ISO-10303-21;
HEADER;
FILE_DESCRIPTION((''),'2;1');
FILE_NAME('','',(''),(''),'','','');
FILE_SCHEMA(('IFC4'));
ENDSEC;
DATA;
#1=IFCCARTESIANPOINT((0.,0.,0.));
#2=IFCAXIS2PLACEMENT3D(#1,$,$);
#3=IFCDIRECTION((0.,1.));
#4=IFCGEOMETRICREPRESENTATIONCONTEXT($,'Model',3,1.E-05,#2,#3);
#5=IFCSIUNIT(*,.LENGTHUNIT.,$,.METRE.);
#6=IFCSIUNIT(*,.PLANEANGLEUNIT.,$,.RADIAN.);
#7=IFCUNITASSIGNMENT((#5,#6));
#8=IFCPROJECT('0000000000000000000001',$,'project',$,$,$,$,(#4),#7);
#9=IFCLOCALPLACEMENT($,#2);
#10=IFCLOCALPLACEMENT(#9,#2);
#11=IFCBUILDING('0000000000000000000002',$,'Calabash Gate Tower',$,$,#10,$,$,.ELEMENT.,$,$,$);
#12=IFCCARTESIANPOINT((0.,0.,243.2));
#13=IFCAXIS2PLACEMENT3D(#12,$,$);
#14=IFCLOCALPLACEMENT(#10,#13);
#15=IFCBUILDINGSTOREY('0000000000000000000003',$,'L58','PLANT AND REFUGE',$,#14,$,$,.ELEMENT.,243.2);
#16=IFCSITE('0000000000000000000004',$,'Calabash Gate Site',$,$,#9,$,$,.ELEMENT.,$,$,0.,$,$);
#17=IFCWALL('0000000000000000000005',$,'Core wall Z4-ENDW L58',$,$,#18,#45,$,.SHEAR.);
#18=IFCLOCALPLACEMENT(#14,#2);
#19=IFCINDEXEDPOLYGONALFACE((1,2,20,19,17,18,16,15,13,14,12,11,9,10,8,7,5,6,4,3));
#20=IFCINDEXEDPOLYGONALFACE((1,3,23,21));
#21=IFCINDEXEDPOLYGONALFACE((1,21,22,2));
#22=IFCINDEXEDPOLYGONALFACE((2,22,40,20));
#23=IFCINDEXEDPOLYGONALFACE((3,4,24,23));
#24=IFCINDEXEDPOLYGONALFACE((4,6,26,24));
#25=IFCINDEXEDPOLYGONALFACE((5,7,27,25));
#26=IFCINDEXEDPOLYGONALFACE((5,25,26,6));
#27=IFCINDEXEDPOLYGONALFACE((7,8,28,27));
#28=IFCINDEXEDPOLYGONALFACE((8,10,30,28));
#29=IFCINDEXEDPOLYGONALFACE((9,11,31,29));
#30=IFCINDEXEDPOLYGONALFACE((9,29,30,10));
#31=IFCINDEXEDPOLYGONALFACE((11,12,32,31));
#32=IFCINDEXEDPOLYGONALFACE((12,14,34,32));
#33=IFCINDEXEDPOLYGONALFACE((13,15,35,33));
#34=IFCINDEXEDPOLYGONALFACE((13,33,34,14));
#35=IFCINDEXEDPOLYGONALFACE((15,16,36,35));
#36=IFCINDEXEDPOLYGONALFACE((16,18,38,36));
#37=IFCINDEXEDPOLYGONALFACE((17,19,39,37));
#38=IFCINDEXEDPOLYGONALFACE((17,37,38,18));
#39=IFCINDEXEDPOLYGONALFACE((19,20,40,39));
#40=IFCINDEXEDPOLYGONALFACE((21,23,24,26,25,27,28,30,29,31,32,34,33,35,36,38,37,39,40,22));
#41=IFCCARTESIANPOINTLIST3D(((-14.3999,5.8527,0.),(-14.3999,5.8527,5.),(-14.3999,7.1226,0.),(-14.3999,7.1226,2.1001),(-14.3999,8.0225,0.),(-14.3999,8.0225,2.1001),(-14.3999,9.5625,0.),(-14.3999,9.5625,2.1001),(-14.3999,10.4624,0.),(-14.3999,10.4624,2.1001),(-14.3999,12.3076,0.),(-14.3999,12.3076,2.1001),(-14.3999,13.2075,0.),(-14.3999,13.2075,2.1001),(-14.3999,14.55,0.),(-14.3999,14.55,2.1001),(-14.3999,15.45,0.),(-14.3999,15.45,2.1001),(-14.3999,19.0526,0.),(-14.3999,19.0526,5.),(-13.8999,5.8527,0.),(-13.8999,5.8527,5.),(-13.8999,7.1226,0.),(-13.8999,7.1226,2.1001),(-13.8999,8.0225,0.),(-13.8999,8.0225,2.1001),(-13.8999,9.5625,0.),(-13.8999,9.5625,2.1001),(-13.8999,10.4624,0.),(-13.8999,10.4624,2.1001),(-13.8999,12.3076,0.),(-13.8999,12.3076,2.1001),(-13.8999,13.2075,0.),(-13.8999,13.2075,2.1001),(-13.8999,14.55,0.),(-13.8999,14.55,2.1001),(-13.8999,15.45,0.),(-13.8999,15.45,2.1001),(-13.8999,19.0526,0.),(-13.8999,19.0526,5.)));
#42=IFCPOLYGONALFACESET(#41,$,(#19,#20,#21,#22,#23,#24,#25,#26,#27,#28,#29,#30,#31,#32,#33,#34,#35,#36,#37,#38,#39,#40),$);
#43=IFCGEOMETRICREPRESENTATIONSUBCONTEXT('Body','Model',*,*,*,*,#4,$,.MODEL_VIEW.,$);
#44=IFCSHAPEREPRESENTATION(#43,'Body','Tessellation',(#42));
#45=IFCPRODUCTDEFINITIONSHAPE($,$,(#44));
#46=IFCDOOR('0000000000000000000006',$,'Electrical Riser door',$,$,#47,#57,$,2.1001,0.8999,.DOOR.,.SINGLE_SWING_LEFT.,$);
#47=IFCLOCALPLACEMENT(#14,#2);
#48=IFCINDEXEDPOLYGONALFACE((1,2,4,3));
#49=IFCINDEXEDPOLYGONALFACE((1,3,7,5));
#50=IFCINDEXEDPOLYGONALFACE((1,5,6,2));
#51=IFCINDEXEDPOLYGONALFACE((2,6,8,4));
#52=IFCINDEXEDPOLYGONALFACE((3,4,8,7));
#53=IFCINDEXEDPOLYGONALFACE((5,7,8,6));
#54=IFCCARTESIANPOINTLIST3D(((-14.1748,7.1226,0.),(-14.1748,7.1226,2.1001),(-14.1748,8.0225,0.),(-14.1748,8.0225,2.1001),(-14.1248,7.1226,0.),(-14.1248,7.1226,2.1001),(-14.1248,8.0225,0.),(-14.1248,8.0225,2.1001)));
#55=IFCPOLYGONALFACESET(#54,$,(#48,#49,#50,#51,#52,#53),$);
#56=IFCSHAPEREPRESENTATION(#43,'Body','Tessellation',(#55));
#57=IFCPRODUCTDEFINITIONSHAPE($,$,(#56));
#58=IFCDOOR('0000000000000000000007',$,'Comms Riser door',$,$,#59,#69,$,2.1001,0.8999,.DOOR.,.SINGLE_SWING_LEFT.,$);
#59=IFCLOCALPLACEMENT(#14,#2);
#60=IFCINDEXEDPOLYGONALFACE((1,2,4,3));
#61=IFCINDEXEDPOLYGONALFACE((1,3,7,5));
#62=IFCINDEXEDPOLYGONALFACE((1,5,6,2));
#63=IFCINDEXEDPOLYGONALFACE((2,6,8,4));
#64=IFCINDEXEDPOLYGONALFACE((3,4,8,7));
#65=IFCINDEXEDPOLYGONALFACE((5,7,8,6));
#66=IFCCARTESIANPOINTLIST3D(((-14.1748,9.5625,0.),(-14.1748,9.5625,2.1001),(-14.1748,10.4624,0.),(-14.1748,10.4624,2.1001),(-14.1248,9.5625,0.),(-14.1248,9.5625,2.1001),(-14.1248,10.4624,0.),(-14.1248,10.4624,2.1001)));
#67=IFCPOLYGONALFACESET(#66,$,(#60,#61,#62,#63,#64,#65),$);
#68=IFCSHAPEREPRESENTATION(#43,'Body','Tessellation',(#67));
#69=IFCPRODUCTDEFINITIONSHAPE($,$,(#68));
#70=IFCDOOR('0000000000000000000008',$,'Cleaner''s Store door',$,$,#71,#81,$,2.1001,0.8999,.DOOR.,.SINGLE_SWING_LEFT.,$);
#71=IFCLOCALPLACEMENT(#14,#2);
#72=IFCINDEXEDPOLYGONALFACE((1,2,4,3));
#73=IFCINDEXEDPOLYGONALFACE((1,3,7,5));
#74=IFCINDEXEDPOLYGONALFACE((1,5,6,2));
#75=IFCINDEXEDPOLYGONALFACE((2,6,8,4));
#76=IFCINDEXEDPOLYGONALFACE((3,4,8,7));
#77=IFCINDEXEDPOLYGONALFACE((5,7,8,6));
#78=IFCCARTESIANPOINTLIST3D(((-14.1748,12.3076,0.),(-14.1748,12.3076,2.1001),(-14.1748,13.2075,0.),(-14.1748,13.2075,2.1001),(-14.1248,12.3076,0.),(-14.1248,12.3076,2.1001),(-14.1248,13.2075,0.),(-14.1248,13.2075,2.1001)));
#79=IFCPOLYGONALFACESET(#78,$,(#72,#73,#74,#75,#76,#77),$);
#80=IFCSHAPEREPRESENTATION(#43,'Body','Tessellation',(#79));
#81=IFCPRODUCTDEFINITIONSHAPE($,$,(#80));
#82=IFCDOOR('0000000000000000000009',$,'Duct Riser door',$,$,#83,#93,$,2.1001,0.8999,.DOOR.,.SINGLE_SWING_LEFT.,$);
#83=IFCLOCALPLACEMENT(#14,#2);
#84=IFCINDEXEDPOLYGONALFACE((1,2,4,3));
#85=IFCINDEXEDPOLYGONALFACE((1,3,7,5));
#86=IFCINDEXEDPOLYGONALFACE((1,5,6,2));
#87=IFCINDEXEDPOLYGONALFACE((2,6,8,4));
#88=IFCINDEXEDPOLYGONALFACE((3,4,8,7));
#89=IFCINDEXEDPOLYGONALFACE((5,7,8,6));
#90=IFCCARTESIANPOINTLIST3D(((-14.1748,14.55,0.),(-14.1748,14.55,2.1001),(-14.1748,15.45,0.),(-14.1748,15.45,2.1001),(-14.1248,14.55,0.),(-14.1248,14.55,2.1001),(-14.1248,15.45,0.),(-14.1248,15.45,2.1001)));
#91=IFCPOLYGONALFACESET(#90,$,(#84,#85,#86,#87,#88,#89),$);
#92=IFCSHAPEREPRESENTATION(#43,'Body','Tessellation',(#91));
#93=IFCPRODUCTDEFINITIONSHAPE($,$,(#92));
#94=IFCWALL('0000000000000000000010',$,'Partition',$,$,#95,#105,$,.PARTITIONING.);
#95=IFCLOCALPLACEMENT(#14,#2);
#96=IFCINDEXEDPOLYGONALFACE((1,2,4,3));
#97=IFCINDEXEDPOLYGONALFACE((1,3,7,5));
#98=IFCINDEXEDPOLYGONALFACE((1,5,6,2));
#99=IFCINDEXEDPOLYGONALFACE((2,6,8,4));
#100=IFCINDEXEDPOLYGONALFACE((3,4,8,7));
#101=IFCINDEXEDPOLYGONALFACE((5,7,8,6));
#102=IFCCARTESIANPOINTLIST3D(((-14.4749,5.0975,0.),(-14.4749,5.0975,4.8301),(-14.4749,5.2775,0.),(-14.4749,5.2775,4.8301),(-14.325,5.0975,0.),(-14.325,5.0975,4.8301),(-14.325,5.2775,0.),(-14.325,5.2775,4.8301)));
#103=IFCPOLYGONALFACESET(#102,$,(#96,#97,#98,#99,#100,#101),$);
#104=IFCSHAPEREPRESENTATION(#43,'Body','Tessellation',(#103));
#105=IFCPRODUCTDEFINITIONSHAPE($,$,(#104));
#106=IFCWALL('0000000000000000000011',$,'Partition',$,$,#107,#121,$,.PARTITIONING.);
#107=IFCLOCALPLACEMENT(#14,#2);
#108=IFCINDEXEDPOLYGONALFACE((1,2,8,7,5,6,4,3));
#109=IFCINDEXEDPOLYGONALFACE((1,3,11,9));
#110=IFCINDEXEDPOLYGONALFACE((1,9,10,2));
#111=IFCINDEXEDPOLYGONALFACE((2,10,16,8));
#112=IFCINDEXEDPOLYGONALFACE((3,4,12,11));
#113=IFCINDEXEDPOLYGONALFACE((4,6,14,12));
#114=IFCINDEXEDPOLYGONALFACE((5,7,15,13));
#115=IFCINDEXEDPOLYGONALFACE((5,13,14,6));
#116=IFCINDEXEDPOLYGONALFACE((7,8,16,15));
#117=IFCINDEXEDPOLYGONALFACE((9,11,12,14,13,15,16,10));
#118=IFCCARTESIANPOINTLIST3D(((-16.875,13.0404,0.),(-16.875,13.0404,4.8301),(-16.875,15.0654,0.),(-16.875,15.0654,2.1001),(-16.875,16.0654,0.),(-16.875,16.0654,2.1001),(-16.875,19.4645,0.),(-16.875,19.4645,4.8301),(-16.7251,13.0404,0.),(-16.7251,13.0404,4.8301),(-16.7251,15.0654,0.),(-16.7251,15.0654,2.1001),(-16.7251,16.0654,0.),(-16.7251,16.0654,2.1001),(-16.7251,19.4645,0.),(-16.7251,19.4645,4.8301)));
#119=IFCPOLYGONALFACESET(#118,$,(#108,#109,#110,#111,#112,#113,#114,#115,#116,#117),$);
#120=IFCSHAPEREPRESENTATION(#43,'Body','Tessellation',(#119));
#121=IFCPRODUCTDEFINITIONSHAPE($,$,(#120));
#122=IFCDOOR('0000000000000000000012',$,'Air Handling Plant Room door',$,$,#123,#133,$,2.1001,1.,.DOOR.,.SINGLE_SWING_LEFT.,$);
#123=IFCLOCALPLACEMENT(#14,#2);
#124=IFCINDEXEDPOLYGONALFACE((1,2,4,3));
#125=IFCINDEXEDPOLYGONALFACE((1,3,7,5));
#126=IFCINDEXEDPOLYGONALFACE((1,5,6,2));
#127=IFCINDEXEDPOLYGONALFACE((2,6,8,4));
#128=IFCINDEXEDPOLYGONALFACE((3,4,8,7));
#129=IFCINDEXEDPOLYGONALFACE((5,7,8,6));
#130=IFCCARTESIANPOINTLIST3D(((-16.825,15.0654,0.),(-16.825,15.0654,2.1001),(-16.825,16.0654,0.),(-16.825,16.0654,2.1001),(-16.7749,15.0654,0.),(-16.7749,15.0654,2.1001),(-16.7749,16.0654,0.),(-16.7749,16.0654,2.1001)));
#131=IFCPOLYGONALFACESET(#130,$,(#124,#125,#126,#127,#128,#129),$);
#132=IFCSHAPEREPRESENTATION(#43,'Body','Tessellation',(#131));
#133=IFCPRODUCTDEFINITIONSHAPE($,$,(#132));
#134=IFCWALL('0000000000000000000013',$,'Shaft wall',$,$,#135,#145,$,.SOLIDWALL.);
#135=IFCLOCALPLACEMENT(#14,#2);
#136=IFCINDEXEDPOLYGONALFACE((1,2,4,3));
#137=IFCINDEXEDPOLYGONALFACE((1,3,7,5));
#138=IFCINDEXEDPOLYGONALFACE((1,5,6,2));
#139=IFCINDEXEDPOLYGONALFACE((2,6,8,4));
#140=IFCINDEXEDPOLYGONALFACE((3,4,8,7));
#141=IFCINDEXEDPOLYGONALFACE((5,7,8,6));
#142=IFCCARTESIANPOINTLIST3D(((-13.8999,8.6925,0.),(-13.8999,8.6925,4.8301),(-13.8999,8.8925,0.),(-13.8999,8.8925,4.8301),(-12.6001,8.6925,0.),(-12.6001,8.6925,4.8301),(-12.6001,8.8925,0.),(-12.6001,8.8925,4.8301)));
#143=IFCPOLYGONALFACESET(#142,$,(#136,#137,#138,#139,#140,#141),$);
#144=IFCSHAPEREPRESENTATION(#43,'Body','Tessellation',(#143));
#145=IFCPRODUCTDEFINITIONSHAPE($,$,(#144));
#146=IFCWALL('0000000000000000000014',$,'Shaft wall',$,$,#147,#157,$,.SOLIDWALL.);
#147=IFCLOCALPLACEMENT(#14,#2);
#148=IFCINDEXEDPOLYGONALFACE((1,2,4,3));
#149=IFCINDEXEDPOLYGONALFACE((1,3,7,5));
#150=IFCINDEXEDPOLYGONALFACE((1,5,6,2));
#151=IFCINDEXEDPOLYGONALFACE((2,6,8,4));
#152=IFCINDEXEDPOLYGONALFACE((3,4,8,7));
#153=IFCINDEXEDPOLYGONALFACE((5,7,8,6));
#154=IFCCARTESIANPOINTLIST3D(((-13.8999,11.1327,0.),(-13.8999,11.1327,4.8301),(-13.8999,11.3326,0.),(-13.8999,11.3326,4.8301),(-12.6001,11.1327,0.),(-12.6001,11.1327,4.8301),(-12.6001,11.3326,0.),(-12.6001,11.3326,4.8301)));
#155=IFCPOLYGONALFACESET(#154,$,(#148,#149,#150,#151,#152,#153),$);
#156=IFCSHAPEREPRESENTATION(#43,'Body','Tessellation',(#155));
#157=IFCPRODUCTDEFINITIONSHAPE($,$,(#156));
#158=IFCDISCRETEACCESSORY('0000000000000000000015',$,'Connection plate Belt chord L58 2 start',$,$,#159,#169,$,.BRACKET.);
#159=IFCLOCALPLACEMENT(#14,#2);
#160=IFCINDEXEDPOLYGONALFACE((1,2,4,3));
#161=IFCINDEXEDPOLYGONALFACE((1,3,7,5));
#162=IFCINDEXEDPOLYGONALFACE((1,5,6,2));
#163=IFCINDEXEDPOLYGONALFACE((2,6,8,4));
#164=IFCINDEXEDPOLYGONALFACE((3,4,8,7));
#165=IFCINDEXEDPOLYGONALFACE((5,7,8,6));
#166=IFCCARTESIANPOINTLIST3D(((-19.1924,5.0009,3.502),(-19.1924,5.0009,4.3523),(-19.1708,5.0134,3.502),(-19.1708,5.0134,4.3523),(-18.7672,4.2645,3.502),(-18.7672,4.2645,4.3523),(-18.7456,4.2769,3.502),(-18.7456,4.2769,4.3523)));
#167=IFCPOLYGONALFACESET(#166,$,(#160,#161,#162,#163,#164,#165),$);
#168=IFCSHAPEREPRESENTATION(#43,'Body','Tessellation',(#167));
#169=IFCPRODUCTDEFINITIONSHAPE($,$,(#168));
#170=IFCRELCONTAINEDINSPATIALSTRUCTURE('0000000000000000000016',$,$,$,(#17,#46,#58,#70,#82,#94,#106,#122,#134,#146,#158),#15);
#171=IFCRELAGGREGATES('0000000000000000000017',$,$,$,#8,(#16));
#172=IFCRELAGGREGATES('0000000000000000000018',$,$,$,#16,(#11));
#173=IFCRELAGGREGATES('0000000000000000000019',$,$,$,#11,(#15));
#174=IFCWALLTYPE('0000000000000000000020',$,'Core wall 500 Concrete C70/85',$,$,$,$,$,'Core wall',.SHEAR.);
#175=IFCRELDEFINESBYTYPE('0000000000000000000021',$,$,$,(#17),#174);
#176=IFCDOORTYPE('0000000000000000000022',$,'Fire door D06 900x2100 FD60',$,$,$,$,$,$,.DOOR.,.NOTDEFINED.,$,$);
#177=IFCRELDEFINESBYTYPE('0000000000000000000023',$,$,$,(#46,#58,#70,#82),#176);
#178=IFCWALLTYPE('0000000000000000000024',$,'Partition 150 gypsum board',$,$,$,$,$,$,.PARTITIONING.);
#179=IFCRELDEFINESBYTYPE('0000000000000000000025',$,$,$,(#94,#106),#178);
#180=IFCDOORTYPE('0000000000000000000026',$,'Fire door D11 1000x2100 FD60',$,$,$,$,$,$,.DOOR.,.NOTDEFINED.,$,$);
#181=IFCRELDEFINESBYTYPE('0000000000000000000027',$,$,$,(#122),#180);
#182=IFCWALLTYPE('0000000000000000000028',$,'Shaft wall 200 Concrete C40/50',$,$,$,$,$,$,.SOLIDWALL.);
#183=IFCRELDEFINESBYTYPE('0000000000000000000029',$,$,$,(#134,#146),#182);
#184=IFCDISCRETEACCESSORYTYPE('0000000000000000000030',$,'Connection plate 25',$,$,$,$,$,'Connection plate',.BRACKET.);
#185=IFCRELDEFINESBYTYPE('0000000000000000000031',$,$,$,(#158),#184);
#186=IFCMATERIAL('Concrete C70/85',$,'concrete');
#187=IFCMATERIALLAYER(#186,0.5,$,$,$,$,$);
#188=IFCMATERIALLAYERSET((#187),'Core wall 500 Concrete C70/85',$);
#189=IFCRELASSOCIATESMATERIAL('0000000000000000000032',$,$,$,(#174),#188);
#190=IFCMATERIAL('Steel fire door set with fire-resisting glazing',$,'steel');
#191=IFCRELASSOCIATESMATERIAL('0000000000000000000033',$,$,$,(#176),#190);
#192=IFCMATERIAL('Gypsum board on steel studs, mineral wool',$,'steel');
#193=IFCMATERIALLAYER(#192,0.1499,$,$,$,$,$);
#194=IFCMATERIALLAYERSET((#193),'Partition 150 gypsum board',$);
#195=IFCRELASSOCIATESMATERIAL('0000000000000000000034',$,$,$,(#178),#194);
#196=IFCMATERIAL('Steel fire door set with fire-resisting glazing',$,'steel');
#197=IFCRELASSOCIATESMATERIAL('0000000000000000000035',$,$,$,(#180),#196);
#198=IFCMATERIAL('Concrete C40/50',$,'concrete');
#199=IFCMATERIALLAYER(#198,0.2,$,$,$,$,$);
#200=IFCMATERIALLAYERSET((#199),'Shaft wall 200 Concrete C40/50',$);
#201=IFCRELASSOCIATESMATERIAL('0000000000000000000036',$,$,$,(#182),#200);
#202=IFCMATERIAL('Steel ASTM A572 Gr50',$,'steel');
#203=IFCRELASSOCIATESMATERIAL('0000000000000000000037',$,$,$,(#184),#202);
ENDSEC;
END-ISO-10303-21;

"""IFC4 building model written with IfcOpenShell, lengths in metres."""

from ifc_helpers import new_model, si_unit, direction, frame, frame_2d, origin, origin_2d, place, context, subcontext, project, spatial, rectangle, extrude, material, layer, layer_set, type_object, element, fill, save


model = new_model("IFC4")

# Units and contexts
model_context = context("Model", 3, precision=1e-05, world=origin(), true_north=direction((0.0, 1.0)))
body_context = subcontext(model_context, "Body", "Model", "MODEL_VIEW")
ifc_project = project(units=[si_unit("LENGTHUNIT", "METRE"), si_unit("PLANEANGLEUNIT", "RADIAN")], contexts=[model_context])

# Site, building, storey
site_placement = place(None, origin())
site = spatial("IfcSite", under=ifc_project, at=site_placement, Name="Calabash Gate Site", CompositionType="ELEMENT", RefElevation=0.0)
building_placement = place(site_placement, origin())
building = spatial("IfcBuilding", under=site, at=building_placement, Name="Calabash Gate Tower", CompositionType="ELEMENT")
storey_placement = place(building_placement, frame((0.0, 0.0, 243.2)))
storey = spatial("IfcBuildingStorey", under=building, at=storey_placement, Name="L58", Description="PLANT AND REFUGE", CompositionType="ELEMENT", Elevation=243.2)

# Shared definitions
ifc_material_1 = material(Name="Concrete C70/85", Category="concrete")
ifc_layer_1 = layer(ifc_material_1, 0.5)
ifc_layer_set_1 = layer_set([ifc_layer_1], Name="Core wall 500 Concrete C70/85")
wall_type_1 = type_object("IfcWallType", Name="Core wall 500 Concrete C70/85", ElementType="Core wall", PredefinedType="SHEAR", material=ifc_layer_set_1)

# Wall, openings, doors
wall_1_placement = place(storey_placement, frame((-14.1499, 5.8525, 0.0), z_axis=(0.0, 0.0, 1.0), x_axis=(0.0, 1.0, 0.0)))
wall_1 = element("IfcWall", 1, at=wall_1_placement, inside=storey, type_object=wall_type_1, Name="Core wall Z4-ENDW L58", PredefinedType="SHEAR", context=body_context, shape_type="SweptSolid", body=[
    extrude(rectangle(XDim=13.2, YDim=0.5, at=frame_2d((6.6001, 0.0))), origin(), (0.0, 0.0, 1.0), 5.0),
])
opening_1_placement = place(wall_1_placement, frame((1.27, 0.0, 0.0)))
opening_1 = element("IfcOpeningElement", 2, at=opening_1_placement, cuts=wall_1, PredefinedType="OPENING", context=body_context, shape_type="SweptSolid", body=[
    extrude(rectangle(XDim=0.8999, YDim=2.1001, at=frame_2d((0.45, 1.05))), frame((0.0, 0.26, 0.0), z_axis=(0.0, -1.0, 0.0), x_axis=(1.0, 0.0, 0.0)), (0.0, 0.0, 1.0), 0.52),
])
opening_2_placement = place(wall_1_placement, frame((3.71, 0.0, 0.0)))
opening_2 = element("IfcOpeningElement", 3, at=opening_2_placement, cuts=wall_1, PredefinedType="OPENING", context=body_context, shape_type="SweptSolid", body=[
    extrude(rectangle(XDim=0.8999, YDim=2.1001, at=frame_2d((0.45, 1.05))), frame((0.0, 0.26, 0.0), z_axis=(0.0, -1.0, 0.0), x_axis=(1.0, 0.0, 0.0)), (0.0, 0.0, 1.0), 0.52),
])
opening_3_placement = place(wall_1_placement, frame((6.4551, 0.0, 0.0)))
opening_3 = element("IfcOpeningElement", 4, at=opening_3_placement, cuts=wall_1, PredefinedType="OPENING", context=body_context, shape_type="SweptSolid", body=[
    extrude(rectangle(XDim=0.8999, YDim=2.1001, at=frame_2d((0.45, 1.05))), frame((0.0, 0.26, 0.0), z_axis=(0.0, -1.0, 0.0), x_axis=(1.0, 0.0, 0.0)), (0.0, 0.0, 1.0), 0.52),
])
opening_4_placement = place(wall_1_placement, frame((8.6975, 0.0, 0.0)))
opening_4 = element("IfcOpeningElement", 5, at=opening_4_placement, cuts=wall_1, PredefinedType="OPENING", context=body_context, shape_type="SweptSolid", body=[
    extrude(rectangle(XDim=0.8999, YDim=2.1001, at=frame_2d((0.45, 1.05))), frame((0.0, 0.26, 0.0), z_axis=(0.0, -1.0, 0.0), x_axis=(1.0, 0.0, 0.0)), (0.0, 0.0, 1.0), 0.52),
])
ifc_material_2 = material(Name="Steel fire door set with fire-resisting glazing", Category="steel")
door_type_1 = type_object("IfcDoorType", Name="Fire door D06 900x2100 FD60", OperationType="NOTDEFINED", PredefinedType="DOOR", material=ifc_material_2)
door_1_placement = place(opening_1_placement, origin())
door_1 = element("IfcDoor", 6, at=door_1_placement, inside=storey, type_object=door_type_1, Name="Electrical Riser door", OperationType="SINGLE_SWING_LEFT", OverallHeight=2.1001, OverallWidth=0.8999, PredefinedType="DOOR", context=body_context, shape_type="SweptSolid", body=[
    extrude(rectangle(XDim=0.8999, YDim=2.1001, at=frame_2d((0.45, 1.05))), frame((0.0, 0.0249, 0.0), z_axis=(0.0, -1.0, 0.0), x_axis=(1.0, 0.0, 0.0)), (0.0, 0.0, 1.0), 0.05),
])
fill(opening_1, door_1)
door_2_placement = place(opening_2_placement, origin())
door_2 = element("IfcDoor", 7, at=door_2_placement, inside=storey, type_object=door_type_1, Name="Comms Riser door", OperationType="SINGLE_SWING_LEFT", OverallHeight=2.1001, OverallWidth=0.8999, PredefinedType="DOOR", context=body_context, shape_type="SweptSolid", body=[
    extrude(rectangle(XDim=0.8999, YDim=2.1001, at=frame_2d((0.45, 1.05))), frame((0.0, 0.0249, 0.0), z_axis=(0.0, -1.0, 0.0), x_axis=(1.0, 0.0, 0.0)), (0.0, 0.0, 1.0), 0.05),
])
fill(opening_2, door_2)
door_3_placement = place(opening_3_placement, origin())
door_3 = element("IfcDoor", 8, at=door_3_placement, inside=storey, type_object=door_type_1, Name="Cleaner's Store door", OperationType="SINGLE_SWING_LEFT", OverallHeight=2.1001, OverallWidth=0.8999, PredefinedType="DOOR", context=body_context, shape_type="SweptSolid", body=[
    extrude(rectangle(XDim=0.8999, YDim=2.1001, at=frame_2d((0.45, 1.05))), frame((0.0, 0.0249, 0.0), z_axis=(0.0, -1.0, 0.0), x_axis=(1.0, 0.0, 0.0)), (0.0, 0.0, 1.0), 0.05),
])
fill(opening_3, door_3)
door_4_placement = place(opening_4_placement, origin())
door_4 = element("IfcDoor", 9, at=door_4_placement, inside=storey, type_object=door_type_1, Name="Duct Riser door", OperationType="SINGLE_SWING_LEFT", OverallHeight=2.1001, OverallWidth=0.8999, PredefinedType="DOOR", context=body_context, shape_type="SweptSolid", body=[
    extrude(rectangle(XDim=0.8999, YDim=2.1001, at=frame_2d((0.45, 1.05))), frame((0.0, 0.0249, 0.0), z_axis=(0.0, -1.0, 0.0), x_axis=(1.0, 0.0, 0.0)), (0.0, 0.0, 1.0), 0.05),
])
fill(opening_4, door_4)

# Wall
ifc_material_3 = material(Name="Gypsum board on steel studs, mineral wool", Category="steel")
ifc_layer_2 = layer(ifc_material_3, 0.1499)
ifc_layer_set_2 = layer_set([ifc_layer_2], Name="Partition 150 gypsum board")
wall_type_2 = type_object("IfcWallType", Name="Partition 150 gypsum board", PredefinedType="PARTITIONING", material=ifc_layer_set_2)
wall_2_placement = place(storey_placement, frame((-14.3999, 5.0977, 0.0), z_axis=(0.0, 0.0, 1.0), x_axis=(0.0, 1.0, 0.0)))
element("IfcWall", 10, at=wall_2_placement, inside=storey, type_object=wall_type_2, Name="Partition", PredefinedType="PARTITIONING", context=body_context, shape_type="SweptSolid", body=[
    extrude(rectangle(XDim=0.1799, YDim=0.1499, at=frame_2d((0.0898, 0.0))), origin(), (0.0, 0.0, 1.0), 4.8301),
])

# Wall, opening, door
wall_3_placement = place(storey_placement, frame((-16.8, 13.0405, 0.0), z_axis=(0.0, 0.0, 1.0), x_axis=(0.0, 1.0, 0.0)))
wall_3 = element("IfcWall", 11, at=wall_3_placement, inside=storey, type_object=wall_type_2, Name="Partition", PredefinedType="PARTITIONING", context=body_context, shape_type="SweptSolid", body=[
    extrude(rectangle(XDim=6.4241, YDim=0.1499, at=frame_2d((3.2119, 0.0))), origin(), (0.0, 0.0, 1.0), 4.8301),
])
opening_5_placement = place(wall_3_placement, frame((2.0249, 0.0, 0.0)))
opening_5 = element("IfcOpeningElement", 12, at=opening_5_placement, cuts=wall_3, PredefinedType="OPENING", context=body_context, shape_type="SweptSolid", body=[
    extrude(rectangle(XDim=1.0, YDim=2.1001, at=frame_2d((0.5, 1.05))), frame((0.0, 0.085, 0.0), z_axis=(0.0, -1.0, 0.0), x_axis=(1.0, 0.0, 0.0)), (0.0, 0.0, 1.0), 0.1699),
])
ifc_material_4 = material(Name="Steel fire door set with fire-resisting glazing", Category="steel")
door_type_2 = type_object("IfcDoorType", Name="Fire door D11 1000x2100 FD60", OperationType="NOTDEFINED", PredefinedType="DOOR", material=ifc_material_4)
door_5_placement = place(opening_5_placement, origin())
door_5 = element("IfcDoor", 13, at=door_5_placement, inside=storey, type_object=door_type_2, Name="Air Handling Plant Room door", OperationType="SINGLE_SWING_LEFT", OverallHeight=2.1001, OverallWidth=1.0, PredefinedType="DOOR", context=body_context, shape_type="SweptSolid", body=[
    extrude(rectangle(XDim=1.0, YDim=2.1001, at=frame_2d((0.5, 1.05))), frame((0.0, 0.0249, 0.0), z_axis=(0.0, -1.0, 0.0), x_axis=(1.0, 0.0, 0.0)), (0.0, 0.0, 1.0), 0.05),
])
fill(opening_5, door_5)

# Walls
ifc_material_5 = material(Name="Concrete C40/50", Category="concrete")
ifc_layer_3 = layer(ifc_material_5, 0.2)
ifc_layer_set_3 = layer_set([ifc_layer_3], Name="Shaft wall 200 Concrete C40/50")
wall_type_3 = type_object("IfcWallType", Name="Shaft wall 200 Concrete C40/50", PredefinedType="SOLIDWALL", material=ifc_layer_set_3)
for number, where, z_axis, x_axis, name in (
    (14, (-13.8999, 8.7925, 0.0), (0.0, 0.0, 1.0), (1.0, 0.0, 0.0), "Shaft wall"),
    (15, (-13.8999, 11.2327, 0.0), (0.0, 0.0, 1.0), (1.0, 0.0, 0.0), "Shaft wall"),
):
    element("IfcWall", number, at=place(storey_placement, frame(where, z_axis=z_axis, x_axis=x_axis)), inside=storey, type_object=wall_type_3, Name=name, PredefinedType="SOLIDWALL", context=body_context, shape_type="SweptSolid", body=[
        extrude(rectangle(XDim=1.2998, YDim=0.2, at=frame_2d((0.6499, 0.0))), origin(), (0.0, 0.0, 1.0), 4.8301),
    ])

# Discrete accessory
ifc_material_6 = material(Name="Steel ASTM A572 Gr50", Category="steel")
discrete_accessory_type = type_object("IfcDiscreteAccessoryType", Name="Connection plate 25", ElementType="Connection plate", PredefinedType="BRACKET", material=ifc_material_6)
discrete_accessory_1_placement = place(storey_placement, frame((-18.969, 4.6389, 3.502), z_axis=(0.0, 0.0, 1.0), x_axis=(0.499977, -0.866039, 0.0)))
element("IfcDiscreteAccessory", 16, at=discrete_accessory_1_placement, inside=storey, type_object=discrete_accessory_type, Name="Connection plate Belt chord L58 2 start", PredefinedType="BRACKET", context=body_context, shape_type="SweptSolid", body=[
    extrude(rectangle(XDim=0.8503, YDim=0.0249, at=origin_2d()), origin(), (0.0, 0.0, 1.0), 0.8503),
])

save(model, "model.ifc")
